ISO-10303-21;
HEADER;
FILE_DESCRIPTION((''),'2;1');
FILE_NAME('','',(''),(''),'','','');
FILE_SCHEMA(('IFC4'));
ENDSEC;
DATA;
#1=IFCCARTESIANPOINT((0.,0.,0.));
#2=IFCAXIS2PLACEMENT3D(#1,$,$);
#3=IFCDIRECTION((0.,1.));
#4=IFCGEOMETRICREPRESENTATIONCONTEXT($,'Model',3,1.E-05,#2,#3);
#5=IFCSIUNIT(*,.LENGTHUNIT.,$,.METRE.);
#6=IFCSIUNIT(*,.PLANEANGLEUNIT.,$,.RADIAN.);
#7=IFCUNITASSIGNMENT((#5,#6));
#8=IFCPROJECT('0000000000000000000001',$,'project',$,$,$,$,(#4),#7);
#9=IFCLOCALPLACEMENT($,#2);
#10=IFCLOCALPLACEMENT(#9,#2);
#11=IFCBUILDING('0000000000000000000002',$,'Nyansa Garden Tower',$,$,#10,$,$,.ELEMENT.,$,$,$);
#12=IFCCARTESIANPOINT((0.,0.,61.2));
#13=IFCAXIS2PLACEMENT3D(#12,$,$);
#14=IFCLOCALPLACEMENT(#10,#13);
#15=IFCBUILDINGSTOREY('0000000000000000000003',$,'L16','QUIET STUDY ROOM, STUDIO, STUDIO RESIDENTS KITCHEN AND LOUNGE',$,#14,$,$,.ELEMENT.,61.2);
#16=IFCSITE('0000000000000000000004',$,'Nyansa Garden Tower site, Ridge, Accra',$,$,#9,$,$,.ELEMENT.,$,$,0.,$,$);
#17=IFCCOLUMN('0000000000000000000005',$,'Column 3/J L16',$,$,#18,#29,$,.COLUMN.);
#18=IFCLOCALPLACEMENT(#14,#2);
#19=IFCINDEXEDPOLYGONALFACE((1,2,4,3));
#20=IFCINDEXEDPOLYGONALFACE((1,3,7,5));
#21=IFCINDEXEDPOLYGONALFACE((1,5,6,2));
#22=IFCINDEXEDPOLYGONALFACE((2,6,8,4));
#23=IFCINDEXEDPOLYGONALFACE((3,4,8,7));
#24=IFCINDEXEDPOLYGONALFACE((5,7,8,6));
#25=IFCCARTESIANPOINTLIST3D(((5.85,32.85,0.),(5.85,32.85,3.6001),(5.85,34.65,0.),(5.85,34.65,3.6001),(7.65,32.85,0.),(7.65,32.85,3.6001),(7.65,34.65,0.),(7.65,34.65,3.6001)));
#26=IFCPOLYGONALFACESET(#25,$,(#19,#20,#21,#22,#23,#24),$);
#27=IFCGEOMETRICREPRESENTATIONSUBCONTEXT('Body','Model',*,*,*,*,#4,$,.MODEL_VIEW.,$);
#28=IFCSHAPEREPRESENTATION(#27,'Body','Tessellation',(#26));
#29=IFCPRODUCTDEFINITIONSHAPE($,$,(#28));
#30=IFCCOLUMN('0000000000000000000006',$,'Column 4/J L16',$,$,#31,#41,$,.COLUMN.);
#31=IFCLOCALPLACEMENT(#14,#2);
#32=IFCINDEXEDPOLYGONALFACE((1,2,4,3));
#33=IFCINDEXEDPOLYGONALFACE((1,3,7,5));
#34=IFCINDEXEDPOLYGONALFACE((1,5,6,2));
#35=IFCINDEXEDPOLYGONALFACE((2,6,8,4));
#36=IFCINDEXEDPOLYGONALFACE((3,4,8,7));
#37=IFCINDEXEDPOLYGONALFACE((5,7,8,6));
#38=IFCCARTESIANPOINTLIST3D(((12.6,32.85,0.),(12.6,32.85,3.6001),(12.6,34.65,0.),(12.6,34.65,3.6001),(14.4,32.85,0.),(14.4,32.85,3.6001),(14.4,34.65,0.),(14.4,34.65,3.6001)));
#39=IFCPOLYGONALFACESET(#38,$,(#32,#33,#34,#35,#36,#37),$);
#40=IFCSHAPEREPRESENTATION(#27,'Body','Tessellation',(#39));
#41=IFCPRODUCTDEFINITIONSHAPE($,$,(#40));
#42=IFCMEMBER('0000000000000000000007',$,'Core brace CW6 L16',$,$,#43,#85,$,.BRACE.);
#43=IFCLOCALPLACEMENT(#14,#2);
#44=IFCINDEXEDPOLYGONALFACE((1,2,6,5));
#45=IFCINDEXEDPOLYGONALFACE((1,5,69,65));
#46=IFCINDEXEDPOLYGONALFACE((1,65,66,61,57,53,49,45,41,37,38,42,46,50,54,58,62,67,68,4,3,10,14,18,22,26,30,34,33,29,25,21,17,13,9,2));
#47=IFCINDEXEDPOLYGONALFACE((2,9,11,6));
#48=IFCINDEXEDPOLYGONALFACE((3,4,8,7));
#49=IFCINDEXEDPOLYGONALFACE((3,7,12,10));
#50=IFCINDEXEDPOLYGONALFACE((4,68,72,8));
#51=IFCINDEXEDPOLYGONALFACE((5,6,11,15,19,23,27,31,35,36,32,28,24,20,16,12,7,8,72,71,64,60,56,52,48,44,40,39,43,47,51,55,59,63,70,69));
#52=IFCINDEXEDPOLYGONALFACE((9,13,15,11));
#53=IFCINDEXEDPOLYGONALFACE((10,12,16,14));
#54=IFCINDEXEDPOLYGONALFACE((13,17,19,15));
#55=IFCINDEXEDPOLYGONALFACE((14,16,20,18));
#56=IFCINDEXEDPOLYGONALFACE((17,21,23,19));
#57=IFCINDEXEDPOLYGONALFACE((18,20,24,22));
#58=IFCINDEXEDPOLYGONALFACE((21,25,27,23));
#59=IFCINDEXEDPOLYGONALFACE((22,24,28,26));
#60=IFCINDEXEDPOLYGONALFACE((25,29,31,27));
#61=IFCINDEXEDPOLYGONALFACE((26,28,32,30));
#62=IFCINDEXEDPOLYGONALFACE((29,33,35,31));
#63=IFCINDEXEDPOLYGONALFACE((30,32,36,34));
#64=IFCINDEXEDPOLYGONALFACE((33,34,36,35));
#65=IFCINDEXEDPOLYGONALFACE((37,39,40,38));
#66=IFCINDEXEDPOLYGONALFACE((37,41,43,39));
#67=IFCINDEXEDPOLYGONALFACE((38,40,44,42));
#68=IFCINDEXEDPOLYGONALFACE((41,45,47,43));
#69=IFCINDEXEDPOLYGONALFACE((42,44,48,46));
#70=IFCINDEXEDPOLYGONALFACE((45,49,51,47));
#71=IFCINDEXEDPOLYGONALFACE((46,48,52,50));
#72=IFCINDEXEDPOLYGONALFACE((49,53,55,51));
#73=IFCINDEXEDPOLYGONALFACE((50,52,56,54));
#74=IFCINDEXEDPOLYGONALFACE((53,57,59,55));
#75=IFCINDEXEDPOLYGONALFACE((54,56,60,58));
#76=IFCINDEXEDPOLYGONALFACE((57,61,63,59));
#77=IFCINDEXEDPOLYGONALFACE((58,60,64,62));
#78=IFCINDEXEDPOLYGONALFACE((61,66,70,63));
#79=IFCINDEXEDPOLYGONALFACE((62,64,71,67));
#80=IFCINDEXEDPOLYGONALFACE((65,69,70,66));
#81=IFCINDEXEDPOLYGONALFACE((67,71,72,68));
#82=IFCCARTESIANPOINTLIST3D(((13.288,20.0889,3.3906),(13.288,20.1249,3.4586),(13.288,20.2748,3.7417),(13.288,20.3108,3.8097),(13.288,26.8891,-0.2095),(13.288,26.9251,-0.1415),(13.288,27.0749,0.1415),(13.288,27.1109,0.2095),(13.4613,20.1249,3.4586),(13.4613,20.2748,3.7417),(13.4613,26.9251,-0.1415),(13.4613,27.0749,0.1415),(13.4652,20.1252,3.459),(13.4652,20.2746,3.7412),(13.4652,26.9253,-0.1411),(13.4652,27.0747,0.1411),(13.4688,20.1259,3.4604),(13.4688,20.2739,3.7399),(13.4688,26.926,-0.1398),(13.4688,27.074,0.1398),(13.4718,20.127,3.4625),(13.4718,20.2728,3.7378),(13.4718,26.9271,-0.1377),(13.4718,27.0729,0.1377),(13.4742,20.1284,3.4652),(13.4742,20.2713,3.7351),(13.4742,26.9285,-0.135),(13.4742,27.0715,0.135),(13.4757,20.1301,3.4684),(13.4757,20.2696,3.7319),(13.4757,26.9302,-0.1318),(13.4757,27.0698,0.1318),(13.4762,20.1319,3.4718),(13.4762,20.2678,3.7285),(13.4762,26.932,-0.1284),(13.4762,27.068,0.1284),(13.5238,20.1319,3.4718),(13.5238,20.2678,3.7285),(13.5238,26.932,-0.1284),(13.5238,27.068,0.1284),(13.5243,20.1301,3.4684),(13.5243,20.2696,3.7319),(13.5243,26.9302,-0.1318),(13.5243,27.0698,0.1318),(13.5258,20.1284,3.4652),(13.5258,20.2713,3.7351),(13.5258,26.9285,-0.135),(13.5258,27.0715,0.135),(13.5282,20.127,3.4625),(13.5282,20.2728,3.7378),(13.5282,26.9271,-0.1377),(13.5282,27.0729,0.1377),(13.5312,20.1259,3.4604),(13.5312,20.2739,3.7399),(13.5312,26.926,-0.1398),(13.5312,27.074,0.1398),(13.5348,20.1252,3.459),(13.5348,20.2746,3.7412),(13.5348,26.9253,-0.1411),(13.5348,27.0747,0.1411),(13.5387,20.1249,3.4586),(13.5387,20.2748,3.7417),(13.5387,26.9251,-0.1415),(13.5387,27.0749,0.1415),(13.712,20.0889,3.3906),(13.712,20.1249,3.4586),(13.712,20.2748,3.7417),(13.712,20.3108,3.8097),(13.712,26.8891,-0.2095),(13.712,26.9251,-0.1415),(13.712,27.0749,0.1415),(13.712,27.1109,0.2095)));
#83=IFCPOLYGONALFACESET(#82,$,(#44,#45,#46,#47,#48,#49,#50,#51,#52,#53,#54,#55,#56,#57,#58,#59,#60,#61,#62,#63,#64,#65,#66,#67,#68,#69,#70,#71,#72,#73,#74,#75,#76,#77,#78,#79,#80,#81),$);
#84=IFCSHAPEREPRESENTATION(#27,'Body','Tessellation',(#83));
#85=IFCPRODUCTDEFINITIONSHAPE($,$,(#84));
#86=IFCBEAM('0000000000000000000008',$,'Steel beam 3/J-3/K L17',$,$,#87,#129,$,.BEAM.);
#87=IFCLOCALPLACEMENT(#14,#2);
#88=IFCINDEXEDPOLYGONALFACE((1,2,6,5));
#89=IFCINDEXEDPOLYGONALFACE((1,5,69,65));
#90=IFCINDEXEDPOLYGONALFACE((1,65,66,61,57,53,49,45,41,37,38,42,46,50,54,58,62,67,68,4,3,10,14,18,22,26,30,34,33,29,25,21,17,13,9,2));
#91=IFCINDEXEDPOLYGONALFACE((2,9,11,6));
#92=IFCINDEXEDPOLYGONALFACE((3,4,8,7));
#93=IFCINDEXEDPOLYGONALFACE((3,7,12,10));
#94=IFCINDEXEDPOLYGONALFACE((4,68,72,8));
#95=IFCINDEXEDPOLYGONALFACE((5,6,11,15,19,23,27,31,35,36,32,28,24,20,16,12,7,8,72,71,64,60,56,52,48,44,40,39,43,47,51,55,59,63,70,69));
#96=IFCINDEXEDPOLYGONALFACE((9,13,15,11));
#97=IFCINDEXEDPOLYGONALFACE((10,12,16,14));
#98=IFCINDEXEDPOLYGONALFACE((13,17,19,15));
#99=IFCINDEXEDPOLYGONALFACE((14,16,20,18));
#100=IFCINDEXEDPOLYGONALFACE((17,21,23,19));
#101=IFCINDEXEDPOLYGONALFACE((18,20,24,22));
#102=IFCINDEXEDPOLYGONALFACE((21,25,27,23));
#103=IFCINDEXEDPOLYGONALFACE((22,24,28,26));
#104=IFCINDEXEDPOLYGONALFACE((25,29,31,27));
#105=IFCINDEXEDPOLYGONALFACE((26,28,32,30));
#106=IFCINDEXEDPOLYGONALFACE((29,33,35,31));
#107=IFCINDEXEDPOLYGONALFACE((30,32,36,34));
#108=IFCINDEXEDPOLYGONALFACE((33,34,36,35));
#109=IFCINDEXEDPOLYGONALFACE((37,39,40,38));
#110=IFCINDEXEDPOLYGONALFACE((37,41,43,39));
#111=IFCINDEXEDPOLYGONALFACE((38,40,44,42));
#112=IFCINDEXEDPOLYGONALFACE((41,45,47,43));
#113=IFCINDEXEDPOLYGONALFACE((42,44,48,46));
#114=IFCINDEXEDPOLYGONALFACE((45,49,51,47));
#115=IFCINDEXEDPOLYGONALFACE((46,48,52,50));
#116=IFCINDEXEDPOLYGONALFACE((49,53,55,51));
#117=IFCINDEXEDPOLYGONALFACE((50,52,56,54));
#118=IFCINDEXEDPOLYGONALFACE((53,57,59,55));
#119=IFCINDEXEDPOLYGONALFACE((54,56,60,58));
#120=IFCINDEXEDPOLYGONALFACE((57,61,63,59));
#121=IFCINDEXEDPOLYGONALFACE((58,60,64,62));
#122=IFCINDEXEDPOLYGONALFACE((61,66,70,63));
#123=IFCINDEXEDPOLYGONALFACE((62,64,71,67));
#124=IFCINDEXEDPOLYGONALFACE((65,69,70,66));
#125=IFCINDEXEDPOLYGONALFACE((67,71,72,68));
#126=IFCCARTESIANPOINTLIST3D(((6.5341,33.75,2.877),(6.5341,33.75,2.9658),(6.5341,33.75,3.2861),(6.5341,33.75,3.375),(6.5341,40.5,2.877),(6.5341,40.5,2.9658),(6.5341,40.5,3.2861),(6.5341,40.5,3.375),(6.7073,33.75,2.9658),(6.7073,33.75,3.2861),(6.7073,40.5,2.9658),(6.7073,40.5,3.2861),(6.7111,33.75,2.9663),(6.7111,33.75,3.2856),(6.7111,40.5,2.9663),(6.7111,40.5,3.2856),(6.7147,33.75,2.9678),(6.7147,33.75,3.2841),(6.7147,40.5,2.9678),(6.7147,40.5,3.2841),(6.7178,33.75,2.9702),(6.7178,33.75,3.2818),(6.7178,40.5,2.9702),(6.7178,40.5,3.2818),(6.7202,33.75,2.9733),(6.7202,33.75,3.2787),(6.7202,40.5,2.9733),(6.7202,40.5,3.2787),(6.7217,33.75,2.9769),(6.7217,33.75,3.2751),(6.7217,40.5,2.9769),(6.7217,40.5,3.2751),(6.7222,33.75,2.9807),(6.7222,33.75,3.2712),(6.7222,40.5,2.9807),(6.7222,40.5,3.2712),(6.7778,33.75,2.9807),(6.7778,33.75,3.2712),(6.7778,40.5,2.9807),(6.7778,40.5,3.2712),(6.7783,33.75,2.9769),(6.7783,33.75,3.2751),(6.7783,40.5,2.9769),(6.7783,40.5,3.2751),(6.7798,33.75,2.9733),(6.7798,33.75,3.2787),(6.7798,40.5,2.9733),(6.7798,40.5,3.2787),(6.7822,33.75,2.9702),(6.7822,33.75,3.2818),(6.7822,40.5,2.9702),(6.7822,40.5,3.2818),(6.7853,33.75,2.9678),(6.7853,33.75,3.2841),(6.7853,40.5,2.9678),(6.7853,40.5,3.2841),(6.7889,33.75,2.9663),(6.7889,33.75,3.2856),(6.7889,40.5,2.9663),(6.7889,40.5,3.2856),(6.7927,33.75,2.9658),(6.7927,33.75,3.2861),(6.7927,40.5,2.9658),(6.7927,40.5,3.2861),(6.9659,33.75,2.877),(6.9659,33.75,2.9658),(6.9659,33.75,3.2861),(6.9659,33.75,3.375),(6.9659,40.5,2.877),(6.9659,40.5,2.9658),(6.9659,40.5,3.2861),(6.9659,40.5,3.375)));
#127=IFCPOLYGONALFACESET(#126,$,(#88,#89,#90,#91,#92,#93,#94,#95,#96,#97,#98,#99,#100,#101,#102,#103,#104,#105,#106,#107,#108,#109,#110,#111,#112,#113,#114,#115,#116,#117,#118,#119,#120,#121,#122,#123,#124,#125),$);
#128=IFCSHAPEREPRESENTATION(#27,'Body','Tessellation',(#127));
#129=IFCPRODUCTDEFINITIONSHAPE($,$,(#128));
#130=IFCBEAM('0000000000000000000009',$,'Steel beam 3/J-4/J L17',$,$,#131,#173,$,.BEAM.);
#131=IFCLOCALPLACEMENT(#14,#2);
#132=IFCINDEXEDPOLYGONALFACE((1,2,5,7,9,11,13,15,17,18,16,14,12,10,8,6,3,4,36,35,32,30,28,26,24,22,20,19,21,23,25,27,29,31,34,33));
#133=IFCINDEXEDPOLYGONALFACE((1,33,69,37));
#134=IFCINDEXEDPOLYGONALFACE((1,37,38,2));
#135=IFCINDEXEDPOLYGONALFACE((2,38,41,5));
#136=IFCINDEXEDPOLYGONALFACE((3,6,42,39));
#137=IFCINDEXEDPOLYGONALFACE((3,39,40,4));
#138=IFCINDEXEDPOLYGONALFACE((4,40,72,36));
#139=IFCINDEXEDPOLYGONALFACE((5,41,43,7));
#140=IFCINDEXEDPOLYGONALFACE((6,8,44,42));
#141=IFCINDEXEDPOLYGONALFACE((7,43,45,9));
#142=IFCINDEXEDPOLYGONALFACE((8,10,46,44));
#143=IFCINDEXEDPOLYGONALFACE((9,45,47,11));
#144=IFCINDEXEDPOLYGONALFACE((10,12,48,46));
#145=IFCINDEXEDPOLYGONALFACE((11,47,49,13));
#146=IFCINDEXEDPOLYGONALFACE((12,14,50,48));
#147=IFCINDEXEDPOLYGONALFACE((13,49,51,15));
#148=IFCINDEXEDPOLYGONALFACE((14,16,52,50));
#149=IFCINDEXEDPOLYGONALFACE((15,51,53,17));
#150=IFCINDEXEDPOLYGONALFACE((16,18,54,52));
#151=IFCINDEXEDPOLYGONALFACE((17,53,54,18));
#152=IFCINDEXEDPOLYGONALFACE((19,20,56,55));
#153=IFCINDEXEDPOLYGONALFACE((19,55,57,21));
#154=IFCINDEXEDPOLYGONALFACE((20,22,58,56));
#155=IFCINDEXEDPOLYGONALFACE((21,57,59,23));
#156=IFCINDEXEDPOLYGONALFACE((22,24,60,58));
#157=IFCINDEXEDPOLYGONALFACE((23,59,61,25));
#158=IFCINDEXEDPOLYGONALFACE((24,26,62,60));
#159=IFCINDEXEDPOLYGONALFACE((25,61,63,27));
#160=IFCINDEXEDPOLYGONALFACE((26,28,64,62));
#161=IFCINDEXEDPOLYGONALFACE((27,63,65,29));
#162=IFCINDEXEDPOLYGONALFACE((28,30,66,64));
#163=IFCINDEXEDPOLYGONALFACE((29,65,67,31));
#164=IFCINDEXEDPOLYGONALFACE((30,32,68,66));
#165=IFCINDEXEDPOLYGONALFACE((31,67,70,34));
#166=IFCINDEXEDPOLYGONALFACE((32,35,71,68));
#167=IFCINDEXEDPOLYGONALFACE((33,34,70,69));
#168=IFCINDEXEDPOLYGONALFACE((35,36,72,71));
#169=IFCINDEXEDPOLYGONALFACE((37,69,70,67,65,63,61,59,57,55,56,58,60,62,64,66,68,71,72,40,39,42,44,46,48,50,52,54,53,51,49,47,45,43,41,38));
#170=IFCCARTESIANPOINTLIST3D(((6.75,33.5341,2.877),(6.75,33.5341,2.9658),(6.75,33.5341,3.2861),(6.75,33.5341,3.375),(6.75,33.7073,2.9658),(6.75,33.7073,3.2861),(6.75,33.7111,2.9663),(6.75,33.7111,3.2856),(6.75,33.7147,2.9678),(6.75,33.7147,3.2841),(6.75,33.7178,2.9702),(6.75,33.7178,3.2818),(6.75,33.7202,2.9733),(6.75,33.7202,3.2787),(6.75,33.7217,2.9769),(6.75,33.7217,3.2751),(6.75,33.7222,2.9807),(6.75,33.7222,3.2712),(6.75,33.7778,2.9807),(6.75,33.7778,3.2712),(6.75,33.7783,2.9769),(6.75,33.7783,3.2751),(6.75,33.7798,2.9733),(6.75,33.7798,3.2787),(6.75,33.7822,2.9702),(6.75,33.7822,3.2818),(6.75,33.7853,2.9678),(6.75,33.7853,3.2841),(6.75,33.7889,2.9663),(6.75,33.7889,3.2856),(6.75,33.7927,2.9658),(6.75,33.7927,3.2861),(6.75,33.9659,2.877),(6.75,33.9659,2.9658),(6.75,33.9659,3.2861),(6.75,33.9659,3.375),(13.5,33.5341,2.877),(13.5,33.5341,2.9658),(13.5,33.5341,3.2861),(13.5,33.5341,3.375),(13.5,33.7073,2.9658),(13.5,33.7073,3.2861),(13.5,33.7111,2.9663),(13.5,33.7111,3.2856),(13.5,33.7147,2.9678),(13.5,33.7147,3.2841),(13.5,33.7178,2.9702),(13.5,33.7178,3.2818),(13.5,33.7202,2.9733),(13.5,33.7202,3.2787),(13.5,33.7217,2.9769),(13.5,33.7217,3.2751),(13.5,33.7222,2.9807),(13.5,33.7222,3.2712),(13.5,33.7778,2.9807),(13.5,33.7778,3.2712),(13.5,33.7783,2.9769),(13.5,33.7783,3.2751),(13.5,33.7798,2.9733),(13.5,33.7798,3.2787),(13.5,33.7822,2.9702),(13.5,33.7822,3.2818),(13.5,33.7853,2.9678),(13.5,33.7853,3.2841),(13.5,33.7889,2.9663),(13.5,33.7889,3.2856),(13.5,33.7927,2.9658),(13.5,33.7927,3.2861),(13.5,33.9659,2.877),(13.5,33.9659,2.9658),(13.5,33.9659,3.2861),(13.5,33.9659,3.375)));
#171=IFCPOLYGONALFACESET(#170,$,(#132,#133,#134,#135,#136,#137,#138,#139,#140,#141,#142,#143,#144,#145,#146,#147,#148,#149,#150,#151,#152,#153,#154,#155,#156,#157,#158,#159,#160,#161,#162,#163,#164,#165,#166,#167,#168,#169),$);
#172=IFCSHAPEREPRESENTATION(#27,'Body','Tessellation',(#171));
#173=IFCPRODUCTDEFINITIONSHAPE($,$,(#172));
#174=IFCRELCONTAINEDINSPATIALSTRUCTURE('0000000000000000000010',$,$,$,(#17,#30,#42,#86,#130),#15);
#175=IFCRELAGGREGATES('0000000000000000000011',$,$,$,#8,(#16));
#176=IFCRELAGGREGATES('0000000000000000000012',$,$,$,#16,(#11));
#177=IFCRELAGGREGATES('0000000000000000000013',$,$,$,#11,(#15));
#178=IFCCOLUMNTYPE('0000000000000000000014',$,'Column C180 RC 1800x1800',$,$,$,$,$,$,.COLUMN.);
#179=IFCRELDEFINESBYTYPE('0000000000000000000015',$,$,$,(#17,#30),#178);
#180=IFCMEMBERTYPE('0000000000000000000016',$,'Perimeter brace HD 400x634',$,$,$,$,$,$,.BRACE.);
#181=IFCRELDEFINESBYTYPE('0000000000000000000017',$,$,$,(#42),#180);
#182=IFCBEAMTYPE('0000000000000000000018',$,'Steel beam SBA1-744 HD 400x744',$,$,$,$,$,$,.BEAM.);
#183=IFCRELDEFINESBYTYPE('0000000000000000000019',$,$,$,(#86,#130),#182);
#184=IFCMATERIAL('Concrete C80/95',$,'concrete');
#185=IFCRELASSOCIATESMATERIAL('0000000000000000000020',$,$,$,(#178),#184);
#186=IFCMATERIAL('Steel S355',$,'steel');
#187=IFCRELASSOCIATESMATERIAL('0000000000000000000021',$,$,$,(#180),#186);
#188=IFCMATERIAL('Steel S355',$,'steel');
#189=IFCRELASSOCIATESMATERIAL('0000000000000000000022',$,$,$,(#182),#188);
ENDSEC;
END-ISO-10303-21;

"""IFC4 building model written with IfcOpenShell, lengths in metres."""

from ifc_helpers import new_model, si_unit, direction, frame, origin, origin_2d, place, context, subcontext, project, spatial, rectangle, i_section, extrude, material, material_profile, profile_set, type_object, element, save


model = new_model("IFC4")

# Units and contexts
model_context = context("Model", 3, precision=1e-05, world=origin(), true_north=direction((0.0, 1.0)))
body_context = subcontext(model_context, "Body", "Model", "MODEL_VIEW")
ifc_project = project(units=[si_unit("LENGTHUNIT", "METRE"), si_unit("PLANEANGLEUNIT", "RADIAN")], contexts=[model_context])

# Site, building, storey
site_placement = place(None, origin())
site = spatial("IfcSite", under=ifc_project, at=site_placement, Name="Nyansa Garden Tower site, Ridge, Accra", CompositionType="ELEMENT", RefElevation=0.0)
building_placement = place(site_placement, origin())
building = spatial("IfcBuilding", under=site, at=building_placement, Name="Nyansa Garden Tower", CompositionType="ELEMENT")
storey_placement = place(building_placement, frame((0.0, 0.0, 61.2)))
storey = spatial("IfcBuildingStorey", under=building, at=storey_placement, Name="L16", Description="QUIET STUDY ROOM, STUDIO, STUDIO RESIDENTS KITCHEN AND LOUNGE", CompositionType="ELEMENT", Elevation=61.2)

# Columns
ifc_material_1 = material(Name="Concrete C80/95", Category="concrete")
ifc_material_profile_1 = material_profile(ifc_material_1, rectangle(XDim=1.8, YDim=1.8, at=origin_2d()), Name="RC 1800x1800")
ifc_profile_set_1 = profile_set([ifc_material_profile_1], Name="Concrete C80/95")
column_type = type_object("IfcColumnType", Name="Column C180 RC 1800x1800", PredefinedType="COLUMN", material=ifc_profile_set_1)
for number, where, z_axis, x_axis, name in (
    (1, (6.75, 33.75, 0.0), (0.0, 0.0, 1.0), (1.0, 0.0, 0.0), "Column 3/J L16"),
    (2, (13.5, 33.75, 0.0), (0.0, 0.0, 1.0), (1.0, 0.0, 0.0), "Column 4/J L16"),
):
    element("IfcColumn", number, at=place(storey_placement, frame(where, z_axis=z_axis, x_axis=x_axis)), inside=storey, type_object=column_type, Name=name, PredefinedType="COLUMN", context=body_context, shape_type="SweptSolid", body=[
        extrude(rectangle(XDim=1.8, YDim=1.8, at=origin_2d()), origin(), (0.0, 0.0, 1.0), 3.6001),
    ])

# Member
ifc_material_2 = material(Name="Steel S355", Category="steel")
ifc_material_profile_2 = material_profile(ifc_material_2, i_section(OverallWidth=0.4241, OverallDepth=0.4741, WebThickness=0.0476, FlangeThickness=0.0769, FilletRadius=0.0149, at=origin_2d()), Name="HD 400x634")
ifc_profile_set_2 = profile_set([ifc_material_profile_2], Name="Steel S355")
member_type = type_object("IfcMemberType", Name="Perimeter brace HD 400x634", PredefinedType="BRACE", material=ifc_profile_set_2)
member_placement = place(storey_placement, frame((13.5, 27.0, 0.0), z_axis=(0.0, -0.883784, 0.467895), x_axis=(1.0, 0.0, 0.0)))
element("IfcMember", 3, at=member_placement, inside=storey, type_object=member_type, Name="Core brace CW6 L16", PredefinedType="BRACE", context=body_context, shape_type="SweptSolid", body=[
    extrude(i_section(OverallWidth=0.4241, OverallDepth=0.4741, WebThickness=0.0476, FlangeThickness=0.0769, FilletRadius=0.0149, at=origin_2d()), origin(), (0.0, 0.0, 1.0), 7.6943),
])

# Beams
ifc_material_3 = material(Name="Steel S355", Category="steel")
ifc_material_profile_3 = material_profile(ifc_material_3, i_section(OverallWidth=0.4319, OverallDepth=0.498, WebThickness=0.0557, FlangeThickness=0.0889, FilletRadius=0.0149, at=origin_2d()), Name="HD 400x744")
ifc_profile_set_3 = profile_set([ifc_material_profile_3], Name="Steel S355")
beam_type_1 = type_object("IfcBeamType", Name="Steel beam SBA1-744 HD 400x744", PredefinedType="BEAM", material=ifc_profile_set_3)
for number, where, z_axis, x_axis, name in (
    (4, (6.75, 33.75, 3.126), (0.0, 1.0, 0.0), (-1.0, 0.0, 0.0), "Steel beam 3/J-3/K L17"),
    (5, (6.75, 33.75, 3.126), (1.0, 0.0, 0.0), (0.0, 1.0, 0.0), "Steel beam 3/J-4/J L17"),
):
    element("IfcBeam", number, at=place(storey_placement, frame(where, z_axis=z_axis, x_axis=x_axis)), inside=storey, type_object=beam_type_1, Name=name, PredefinedType="BEAM", context=body_context, shape_type="SweptSolid", body=[
        extrude(i_section(OverallWidth=0.4319, OverallDepth=0.498, WebThickness=0.0557, FlangeThickness=0.0889, FilletRadius=0.0149, at=origin_2d()), origin(), (0.0, 0.0, 1.0), 6.75),
    ])

save(model, "model.ifc")
